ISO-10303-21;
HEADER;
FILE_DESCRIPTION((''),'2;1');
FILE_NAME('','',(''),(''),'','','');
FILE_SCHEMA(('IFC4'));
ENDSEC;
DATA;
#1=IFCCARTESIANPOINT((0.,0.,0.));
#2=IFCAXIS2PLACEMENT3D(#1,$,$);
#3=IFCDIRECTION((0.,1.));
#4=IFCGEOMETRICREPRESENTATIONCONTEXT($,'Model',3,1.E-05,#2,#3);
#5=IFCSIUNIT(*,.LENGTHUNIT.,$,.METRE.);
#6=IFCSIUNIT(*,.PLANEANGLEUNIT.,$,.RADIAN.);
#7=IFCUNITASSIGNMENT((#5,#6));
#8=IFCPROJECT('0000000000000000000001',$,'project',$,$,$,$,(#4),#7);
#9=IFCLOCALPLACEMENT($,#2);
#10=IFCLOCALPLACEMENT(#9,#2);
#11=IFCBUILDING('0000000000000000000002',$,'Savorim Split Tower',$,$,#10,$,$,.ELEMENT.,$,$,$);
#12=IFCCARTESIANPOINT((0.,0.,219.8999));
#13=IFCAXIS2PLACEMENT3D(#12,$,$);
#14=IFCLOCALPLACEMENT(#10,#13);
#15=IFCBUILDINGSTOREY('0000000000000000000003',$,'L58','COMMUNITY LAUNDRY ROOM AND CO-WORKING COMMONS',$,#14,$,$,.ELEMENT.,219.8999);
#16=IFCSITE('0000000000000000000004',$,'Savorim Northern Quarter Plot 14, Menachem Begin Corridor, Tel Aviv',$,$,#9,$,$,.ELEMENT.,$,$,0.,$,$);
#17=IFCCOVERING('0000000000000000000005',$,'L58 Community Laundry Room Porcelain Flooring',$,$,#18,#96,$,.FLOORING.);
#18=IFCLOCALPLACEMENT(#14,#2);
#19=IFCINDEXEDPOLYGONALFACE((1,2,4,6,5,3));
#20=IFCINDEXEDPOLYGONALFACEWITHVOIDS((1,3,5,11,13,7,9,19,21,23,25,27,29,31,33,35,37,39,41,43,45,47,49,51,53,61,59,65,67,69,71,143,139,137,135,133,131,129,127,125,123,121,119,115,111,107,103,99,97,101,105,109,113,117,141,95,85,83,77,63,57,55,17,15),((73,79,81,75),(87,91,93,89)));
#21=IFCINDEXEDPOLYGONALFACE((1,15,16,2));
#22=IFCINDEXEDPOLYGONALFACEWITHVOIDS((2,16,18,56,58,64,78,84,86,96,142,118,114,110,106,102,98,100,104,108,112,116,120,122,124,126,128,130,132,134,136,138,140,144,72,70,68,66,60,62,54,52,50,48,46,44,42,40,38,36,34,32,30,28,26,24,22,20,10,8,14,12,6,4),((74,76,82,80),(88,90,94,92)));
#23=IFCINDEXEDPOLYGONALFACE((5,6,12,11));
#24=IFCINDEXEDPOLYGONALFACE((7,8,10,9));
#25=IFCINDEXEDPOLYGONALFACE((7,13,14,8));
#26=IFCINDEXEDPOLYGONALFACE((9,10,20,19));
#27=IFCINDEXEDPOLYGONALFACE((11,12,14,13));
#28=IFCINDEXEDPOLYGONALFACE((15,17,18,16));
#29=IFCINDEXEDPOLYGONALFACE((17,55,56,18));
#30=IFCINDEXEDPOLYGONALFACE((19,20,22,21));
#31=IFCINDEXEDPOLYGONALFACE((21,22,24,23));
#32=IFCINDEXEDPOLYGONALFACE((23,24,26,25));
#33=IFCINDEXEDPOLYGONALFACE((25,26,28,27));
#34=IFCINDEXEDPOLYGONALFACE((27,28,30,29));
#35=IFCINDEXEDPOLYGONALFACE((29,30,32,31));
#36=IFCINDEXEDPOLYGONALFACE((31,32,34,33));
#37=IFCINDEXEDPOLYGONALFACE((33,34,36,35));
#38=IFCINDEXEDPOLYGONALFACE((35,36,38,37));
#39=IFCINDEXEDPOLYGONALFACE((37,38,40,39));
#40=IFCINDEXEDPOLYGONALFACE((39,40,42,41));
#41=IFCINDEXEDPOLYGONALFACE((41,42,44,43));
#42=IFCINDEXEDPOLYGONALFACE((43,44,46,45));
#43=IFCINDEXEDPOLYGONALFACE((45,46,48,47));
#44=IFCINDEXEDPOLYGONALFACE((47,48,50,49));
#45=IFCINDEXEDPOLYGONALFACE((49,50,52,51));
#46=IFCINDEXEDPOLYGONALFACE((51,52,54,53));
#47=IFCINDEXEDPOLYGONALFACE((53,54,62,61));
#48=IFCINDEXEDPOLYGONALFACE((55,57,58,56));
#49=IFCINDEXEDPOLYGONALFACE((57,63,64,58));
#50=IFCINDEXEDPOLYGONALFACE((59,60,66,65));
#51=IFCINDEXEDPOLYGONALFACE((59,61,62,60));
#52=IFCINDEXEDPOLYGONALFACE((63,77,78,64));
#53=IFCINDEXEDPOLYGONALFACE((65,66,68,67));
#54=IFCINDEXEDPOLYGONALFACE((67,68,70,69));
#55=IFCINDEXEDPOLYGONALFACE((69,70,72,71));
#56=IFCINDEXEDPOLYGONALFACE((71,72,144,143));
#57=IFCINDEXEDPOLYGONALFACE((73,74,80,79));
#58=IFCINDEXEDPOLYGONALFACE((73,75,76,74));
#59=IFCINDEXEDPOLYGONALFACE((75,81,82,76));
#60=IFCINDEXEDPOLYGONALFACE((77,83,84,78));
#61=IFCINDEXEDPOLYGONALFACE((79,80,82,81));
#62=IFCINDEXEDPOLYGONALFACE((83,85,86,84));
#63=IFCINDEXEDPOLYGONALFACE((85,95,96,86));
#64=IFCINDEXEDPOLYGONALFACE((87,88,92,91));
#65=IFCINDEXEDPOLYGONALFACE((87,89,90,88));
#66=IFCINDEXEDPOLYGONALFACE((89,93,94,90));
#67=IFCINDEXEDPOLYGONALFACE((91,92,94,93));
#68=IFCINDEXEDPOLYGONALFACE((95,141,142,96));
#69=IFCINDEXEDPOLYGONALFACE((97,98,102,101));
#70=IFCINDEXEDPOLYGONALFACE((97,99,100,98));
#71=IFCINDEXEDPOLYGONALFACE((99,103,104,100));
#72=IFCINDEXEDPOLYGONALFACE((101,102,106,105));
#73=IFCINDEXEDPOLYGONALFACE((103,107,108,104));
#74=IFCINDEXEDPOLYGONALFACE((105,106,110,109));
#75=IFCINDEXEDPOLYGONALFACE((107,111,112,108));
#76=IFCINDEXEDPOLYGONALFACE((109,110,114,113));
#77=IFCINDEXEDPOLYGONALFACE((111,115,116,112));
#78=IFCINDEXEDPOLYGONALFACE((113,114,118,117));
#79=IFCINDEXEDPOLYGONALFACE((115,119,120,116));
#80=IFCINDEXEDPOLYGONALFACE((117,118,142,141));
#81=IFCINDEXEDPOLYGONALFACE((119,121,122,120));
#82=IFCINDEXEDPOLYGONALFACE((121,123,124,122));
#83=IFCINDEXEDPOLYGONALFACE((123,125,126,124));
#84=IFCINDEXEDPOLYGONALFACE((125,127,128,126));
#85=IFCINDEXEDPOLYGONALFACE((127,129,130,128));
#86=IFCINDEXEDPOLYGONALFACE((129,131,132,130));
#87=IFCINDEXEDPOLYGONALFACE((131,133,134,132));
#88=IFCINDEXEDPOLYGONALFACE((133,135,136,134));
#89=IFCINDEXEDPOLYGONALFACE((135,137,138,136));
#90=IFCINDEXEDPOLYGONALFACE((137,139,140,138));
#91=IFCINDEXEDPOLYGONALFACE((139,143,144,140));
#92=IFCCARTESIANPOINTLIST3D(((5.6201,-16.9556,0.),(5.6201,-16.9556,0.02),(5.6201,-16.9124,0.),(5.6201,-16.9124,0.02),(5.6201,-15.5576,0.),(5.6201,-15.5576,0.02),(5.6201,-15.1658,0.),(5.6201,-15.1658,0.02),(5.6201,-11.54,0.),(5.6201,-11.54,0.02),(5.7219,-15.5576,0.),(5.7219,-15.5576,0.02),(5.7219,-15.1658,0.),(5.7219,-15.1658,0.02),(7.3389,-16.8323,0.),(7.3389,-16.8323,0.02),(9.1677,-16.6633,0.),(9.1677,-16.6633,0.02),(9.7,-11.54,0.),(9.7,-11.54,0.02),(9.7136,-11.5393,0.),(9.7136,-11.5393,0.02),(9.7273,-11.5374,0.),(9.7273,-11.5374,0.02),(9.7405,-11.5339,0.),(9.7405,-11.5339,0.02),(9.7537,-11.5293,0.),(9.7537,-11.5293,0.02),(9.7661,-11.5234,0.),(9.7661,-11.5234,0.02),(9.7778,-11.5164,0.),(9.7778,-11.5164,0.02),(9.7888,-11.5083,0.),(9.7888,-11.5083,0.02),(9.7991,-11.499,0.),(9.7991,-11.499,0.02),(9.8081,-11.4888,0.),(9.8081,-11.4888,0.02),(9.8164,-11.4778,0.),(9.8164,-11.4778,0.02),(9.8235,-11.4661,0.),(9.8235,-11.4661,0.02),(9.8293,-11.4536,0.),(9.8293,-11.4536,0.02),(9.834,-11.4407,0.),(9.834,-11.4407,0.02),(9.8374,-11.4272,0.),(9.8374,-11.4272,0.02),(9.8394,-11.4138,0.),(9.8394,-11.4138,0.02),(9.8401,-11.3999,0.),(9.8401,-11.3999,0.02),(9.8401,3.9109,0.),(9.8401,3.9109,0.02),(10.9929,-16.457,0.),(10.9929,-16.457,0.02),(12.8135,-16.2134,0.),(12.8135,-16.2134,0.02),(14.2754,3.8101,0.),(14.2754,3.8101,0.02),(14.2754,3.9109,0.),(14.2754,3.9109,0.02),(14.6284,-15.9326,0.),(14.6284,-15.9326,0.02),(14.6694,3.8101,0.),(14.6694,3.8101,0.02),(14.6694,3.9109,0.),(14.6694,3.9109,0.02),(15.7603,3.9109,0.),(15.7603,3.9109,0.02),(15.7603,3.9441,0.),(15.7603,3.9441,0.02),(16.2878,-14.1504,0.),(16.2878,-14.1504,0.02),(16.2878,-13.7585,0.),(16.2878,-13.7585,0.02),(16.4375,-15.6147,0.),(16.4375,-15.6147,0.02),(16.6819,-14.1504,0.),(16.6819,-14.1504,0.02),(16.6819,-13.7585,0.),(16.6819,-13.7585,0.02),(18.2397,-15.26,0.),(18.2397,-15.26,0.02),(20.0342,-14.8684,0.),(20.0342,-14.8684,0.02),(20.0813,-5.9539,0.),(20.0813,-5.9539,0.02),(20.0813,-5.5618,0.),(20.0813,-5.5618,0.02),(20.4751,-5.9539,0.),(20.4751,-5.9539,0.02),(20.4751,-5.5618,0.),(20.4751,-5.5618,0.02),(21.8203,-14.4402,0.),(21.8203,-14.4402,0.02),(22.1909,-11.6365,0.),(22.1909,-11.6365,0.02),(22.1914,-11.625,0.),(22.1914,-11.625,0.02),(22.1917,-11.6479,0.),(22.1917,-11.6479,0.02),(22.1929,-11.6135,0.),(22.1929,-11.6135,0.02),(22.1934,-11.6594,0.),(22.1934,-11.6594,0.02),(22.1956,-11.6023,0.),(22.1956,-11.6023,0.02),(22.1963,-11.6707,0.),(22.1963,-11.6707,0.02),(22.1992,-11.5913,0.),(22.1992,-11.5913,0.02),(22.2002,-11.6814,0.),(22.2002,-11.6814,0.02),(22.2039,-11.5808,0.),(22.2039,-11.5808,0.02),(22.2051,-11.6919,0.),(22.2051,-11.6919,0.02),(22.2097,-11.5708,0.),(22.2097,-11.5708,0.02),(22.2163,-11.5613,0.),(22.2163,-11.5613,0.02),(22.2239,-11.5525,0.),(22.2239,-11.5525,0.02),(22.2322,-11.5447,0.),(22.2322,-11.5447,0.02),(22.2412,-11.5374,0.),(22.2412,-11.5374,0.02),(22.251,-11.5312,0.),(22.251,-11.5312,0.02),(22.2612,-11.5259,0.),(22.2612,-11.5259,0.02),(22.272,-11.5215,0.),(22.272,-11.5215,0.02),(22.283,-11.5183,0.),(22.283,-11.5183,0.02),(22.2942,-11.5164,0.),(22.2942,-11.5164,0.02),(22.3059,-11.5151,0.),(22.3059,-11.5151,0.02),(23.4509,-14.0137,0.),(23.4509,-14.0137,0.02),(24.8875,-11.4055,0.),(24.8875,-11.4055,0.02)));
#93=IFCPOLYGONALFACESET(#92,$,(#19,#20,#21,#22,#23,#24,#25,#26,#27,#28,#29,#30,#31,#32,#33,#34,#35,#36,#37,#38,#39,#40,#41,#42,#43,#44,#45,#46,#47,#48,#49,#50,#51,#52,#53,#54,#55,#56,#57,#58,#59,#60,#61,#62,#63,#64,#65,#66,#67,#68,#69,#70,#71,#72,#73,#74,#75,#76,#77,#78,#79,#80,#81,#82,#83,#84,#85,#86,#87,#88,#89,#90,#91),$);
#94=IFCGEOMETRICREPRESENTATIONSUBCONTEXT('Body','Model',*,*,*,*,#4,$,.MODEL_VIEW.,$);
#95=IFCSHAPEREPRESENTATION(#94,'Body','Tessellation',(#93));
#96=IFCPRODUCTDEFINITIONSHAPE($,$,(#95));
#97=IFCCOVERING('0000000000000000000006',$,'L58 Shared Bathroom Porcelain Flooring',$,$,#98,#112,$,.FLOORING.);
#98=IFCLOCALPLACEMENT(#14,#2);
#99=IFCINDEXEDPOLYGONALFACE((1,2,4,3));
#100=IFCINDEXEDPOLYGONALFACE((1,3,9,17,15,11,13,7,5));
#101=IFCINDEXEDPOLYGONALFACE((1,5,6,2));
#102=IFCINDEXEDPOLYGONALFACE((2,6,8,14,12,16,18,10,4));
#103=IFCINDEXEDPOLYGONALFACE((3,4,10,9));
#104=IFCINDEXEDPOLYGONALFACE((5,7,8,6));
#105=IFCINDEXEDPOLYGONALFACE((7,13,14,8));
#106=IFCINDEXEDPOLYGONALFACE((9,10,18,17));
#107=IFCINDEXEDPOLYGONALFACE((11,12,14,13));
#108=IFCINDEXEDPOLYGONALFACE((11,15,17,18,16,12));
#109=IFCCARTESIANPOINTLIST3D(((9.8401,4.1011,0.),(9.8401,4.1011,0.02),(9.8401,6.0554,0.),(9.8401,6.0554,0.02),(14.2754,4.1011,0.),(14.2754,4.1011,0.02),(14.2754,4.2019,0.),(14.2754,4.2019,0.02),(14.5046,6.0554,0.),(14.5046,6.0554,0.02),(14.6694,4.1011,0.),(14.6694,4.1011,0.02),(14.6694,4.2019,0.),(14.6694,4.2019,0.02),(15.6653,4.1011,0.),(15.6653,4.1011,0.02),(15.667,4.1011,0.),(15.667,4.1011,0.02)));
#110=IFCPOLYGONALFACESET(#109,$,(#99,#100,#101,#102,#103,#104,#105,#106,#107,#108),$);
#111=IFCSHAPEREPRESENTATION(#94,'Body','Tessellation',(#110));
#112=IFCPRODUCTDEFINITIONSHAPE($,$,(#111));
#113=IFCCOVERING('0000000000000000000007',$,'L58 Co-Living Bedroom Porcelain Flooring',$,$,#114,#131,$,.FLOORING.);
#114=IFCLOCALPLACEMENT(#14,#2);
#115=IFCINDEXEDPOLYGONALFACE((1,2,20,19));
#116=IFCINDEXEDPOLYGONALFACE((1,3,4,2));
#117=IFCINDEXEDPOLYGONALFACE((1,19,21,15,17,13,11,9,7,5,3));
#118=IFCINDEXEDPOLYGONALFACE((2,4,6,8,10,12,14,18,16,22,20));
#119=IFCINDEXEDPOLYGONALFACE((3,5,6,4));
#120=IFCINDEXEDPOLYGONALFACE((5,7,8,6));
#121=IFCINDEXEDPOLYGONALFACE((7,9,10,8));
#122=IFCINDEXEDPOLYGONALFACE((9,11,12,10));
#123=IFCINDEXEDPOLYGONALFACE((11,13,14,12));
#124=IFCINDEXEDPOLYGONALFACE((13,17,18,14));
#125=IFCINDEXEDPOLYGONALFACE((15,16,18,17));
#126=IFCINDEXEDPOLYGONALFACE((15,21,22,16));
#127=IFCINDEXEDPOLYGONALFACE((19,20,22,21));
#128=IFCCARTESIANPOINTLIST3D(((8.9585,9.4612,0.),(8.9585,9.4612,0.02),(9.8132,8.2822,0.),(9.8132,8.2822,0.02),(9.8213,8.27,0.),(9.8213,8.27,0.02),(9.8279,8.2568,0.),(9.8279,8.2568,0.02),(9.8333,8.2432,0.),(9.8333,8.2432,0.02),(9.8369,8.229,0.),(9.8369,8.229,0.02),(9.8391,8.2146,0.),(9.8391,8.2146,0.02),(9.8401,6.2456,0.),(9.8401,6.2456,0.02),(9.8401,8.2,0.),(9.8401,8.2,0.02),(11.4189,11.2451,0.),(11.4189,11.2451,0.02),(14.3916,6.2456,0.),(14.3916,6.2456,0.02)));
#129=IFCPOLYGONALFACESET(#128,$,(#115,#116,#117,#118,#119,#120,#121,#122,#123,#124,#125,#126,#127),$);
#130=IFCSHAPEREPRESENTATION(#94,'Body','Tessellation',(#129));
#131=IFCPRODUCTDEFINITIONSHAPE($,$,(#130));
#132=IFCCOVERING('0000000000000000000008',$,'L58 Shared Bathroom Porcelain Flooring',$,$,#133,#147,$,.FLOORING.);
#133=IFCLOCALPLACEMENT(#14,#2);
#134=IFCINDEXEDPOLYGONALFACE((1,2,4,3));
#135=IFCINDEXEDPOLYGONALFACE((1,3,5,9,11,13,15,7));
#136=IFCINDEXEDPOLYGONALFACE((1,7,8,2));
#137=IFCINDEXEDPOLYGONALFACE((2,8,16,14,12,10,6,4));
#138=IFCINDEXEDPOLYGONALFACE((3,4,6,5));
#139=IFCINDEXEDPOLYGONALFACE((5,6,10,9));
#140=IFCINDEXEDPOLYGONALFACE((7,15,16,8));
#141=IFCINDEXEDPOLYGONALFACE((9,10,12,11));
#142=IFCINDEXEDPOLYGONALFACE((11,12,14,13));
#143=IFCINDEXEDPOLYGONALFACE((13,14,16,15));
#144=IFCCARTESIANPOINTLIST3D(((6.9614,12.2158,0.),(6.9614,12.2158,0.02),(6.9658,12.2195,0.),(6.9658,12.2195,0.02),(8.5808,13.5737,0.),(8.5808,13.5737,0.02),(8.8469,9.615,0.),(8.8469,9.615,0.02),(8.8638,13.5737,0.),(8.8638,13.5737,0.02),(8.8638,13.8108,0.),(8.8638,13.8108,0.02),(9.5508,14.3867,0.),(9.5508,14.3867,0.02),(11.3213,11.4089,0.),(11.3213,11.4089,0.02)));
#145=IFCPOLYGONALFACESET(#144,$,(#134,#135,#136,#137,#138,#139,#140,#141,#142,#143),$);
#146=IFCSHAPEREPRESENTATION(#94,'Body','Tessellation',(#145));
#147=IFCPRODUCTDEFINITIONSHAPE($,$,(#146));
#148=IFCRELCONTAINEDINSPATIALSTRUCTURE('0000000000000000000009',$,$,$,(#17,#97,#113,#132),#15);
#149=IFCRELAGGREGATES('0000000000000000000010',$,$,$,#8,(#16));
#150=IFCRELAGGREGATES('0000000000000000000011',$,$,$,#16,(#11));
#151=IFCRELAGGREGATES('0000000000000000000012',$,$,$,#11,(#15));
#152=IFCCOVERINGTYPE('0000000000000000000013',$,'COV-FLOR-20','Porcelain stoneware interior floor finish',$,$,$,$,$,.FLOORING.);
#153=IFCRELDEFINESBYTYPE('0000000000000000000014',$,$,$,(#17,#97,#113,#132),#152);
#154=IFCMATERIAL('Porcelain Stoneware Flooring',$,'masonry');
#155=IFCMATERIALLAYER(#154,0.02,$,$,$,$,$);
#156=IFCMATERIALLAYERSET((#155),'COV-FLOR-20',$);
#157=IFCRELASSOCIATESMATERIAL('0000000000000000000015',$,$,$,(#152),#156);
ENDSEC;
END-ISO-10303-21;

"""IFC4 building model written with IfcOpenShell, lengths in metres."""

from ifc_helpers import new_model, si_unit, direction, frame, origin, place, context, subcontext, project, spatial, polyline, outline, extrude, material, layer, layer_set, type_object, element, save


model = new_model("IFC4")

# Units and contexts
model_context = context("Model", 3, precision=1e-05, world=origin(), true_north=direction((0.0, 1.0)))
body_context = subcontext(model_context, "Body", "Model", "MODEL_VIEW")
ifc_project = project(units=[si_unit("LENGTHUNIT", "METRE"), si_unit("PLANEANGLEUNIT", "RADIAN")], contexts=[model_context])

# Site, building, storey
site_placement = place(None, origin())
site = spatial("IfcSite", under=ifc_project, at=site_placement, Name="Savorim Northern Quarter Plot 14, Menachem Begin Corridor, Tel Aviv", CompositionType="ELEMENT", RefElevation=0.0)
building_placement = place(site_placement, origin())
building = spatial("IfcBuilding", under=site, at=building_placement, Name="Savorim Split Tower", CompositionType="ELEMENT")
storey_placement = place(building_placement, frame((0.0, 0.0, 219.8999)))
storey = spatial("IfcBuildingStorey", under=building, at=storey_placement, Name="L58", Description="COMMUNITY LAUNDRY ROOM AND CO-WORKING COMMONS", CompositionType="ELEMENT", Elevation=219.8999)

# Coverings
ifc_material_1 = material(Name="Porcelain Stoneware Flooring", Category="masonry")
ifc_layer_1 = layer(ifc_material_1, 0.02)
ifc_layer_set_1 = layer_set([ifc_layer_1], Name="COV-FLOR-20")
covering_type_1 = type_object("IfcCoveringType", Name="COV-FLOR-20", Description="Porcelain stoneware interior floor finish", PredefinedType="FLOORING", material=ifc_layer_set_1)
covering_1_placement = place(storey_placement, origin())
element("IfcCovering", 1, at=covering_1_placement, inside=storey, type_object=covering_type_1, Name="L58 Community Laundry Room Porcelain Flooring", PredefinedType="FLOORING", context=body_context, shape_type="SweptSolid", body=[
    extrude(outline(polyline([(22.283, -11.5183), (22.2942, -11.5164), (22.3059, -11.5151), (24.8875, -11.4055), (15.7603, 3.9441), (15.7603, 3.9109), (14.6694, 3.9109), (14.6694, 3.8101), (14.2754, 3.8101), (14.2754, 3.9109), (9.8401, 3.9109), (9.8401, -11.3999), (9.8394, -11.4138), (9.8374, -11.4272), (9.834, -11.4407), (9.8293, -11.4536), (9.8235, -11.4661), (9.8164, -11.4778), (9.8081, -11.4888), (9.7991, -11.499), (9.7888, -11.5083), (9.7778, -11.5164), (9.7661, -11.5234), (9.7537, -11.5293), (9.7405, -11.5339), (9.7273, -11.5374), (9.7136, -11.5393), (9.7, -11.54), (5.6201, -11.54), (5.6201, -15.1658), (5.7219, -15.1658), (5.7219, -15.5576), (5.6201, -15.5576), (5.6201, -16.9124), (5.6201, -16.9556), (7.3389, -16.8323), (9.1677, -16.6633), (10.9929, -16.457), (12.8135, -16.2134), (14.6284, -15.9326), (16.4375, -15.6147), (18.2397, -15.26), (20.0342, -14.8684), (21.8203, -14.4402), (23.4509, -14.0137), (22.2051, -11.6919), (22.2002, -11.6814), (22.1963, -11.6707), (22.1934, -11.6594), (22.1917, -11.6479), (22.1909, -11.6365), (22.1914, -11.625), (22.1929, -11.6135), (22.1956, -11.6023), (22.1992, -11.5913), (22.2039, -11.5808), (22.2097, -11.5708), (22.2163, -11.5613), (22.2239, -11.5525), (22.2322, -11.5447), (22.2412, -11.5374), (22.251, -11.5312), (22.2612, -11.5259), (22.272, -11.5215), (22.283, -11.5183)]), holes=[polyline([(16.6819, -14.1504), (16.6819, -13.7585), (16.2878, -13.7585), (16.2878, -14.1504), (16.6819, -14.1504)]), polyline([(20.4751, -5.9539), (20.4751, -5.5618), (20.0813, -5.5618), (20.0813, -5.9539), (20.4751, -5.9539)])]), origin(), (0.0, 0.0, 1.0), 0.02),
])
covering_2_placement = place(storey_placement, origin())
element("IfcCovering", 2, at=covering_2_placement, inside=storey, type_object=covering_type_1, Name="L58 Shared Bathroom Porcelain Flooring", PredefinedType="FLOORING", context=body_context, shape_type="SweptSolid", body=[
    extrude(outline(polyline([(14.6694, 4.2019), (14.6694, 4.1011), (15.6653, 4.1011), (15.667, 4.1011), (14.5046, 6.0554), (9.8401, 6.0554), (9.8401, 4.1011), (14.2754, 4.1011), (14.2754, 4.2019), (14.6694, 4.2019)])), origin(), (0.0, 0.0, 1.0), 0.02),
])
covering_3_placement = place(storey_placement, origin())
element("IfcCovering", 3, at=covering_3_placement, inside=storey, type_object=covering_type_1, Name="L58 Co-Living Bedroom Porcelain Flooring", PredefinedType="FLOORING", context=body_context, shape_type="SweptSolid", body=[
    extrude(outline(polyline([(9.8369, 8.229), (9.8391, 8.2146), (9.8401, 8.2), (9.8401, 6.2456), (14.3916, 6.2456), (11.4189, 11.2451), (8.9585, 9.4612), (9.8132, 8.2822), (9.8213, 8.27), (9.8279, 8.2568), (9.8333, 8.2432), (9.8369, 8.229)])), origin(), (0.0, 0.0, 1.0), 0.02),
])
covering_4_placement = place(storey_placement, origin())
element("IfcCovering", 4, at=covering_4_placement, inside=storey, type_object=covering_type_1, Name="L58 Shared Bathroom Porcelain Flooring", PredefinedType="FLOORING", context=body_context, shape_type="SweptSolid", body=[
    extrude(outline(polyline([(8.5808, 13.5737), (6.9658, 12.2195), (6.9614, 12.2158), (8.8469, 9.615), (11.3213, 11.4089), (9.5508, 14.3867), (8.8638, 13.8108), (8.8638, 13.5737), (8.5808, 13.5737)])), origin(), (0.0, 0.0, 1.0), 0.02),
])

save(model, "model.ifc")
